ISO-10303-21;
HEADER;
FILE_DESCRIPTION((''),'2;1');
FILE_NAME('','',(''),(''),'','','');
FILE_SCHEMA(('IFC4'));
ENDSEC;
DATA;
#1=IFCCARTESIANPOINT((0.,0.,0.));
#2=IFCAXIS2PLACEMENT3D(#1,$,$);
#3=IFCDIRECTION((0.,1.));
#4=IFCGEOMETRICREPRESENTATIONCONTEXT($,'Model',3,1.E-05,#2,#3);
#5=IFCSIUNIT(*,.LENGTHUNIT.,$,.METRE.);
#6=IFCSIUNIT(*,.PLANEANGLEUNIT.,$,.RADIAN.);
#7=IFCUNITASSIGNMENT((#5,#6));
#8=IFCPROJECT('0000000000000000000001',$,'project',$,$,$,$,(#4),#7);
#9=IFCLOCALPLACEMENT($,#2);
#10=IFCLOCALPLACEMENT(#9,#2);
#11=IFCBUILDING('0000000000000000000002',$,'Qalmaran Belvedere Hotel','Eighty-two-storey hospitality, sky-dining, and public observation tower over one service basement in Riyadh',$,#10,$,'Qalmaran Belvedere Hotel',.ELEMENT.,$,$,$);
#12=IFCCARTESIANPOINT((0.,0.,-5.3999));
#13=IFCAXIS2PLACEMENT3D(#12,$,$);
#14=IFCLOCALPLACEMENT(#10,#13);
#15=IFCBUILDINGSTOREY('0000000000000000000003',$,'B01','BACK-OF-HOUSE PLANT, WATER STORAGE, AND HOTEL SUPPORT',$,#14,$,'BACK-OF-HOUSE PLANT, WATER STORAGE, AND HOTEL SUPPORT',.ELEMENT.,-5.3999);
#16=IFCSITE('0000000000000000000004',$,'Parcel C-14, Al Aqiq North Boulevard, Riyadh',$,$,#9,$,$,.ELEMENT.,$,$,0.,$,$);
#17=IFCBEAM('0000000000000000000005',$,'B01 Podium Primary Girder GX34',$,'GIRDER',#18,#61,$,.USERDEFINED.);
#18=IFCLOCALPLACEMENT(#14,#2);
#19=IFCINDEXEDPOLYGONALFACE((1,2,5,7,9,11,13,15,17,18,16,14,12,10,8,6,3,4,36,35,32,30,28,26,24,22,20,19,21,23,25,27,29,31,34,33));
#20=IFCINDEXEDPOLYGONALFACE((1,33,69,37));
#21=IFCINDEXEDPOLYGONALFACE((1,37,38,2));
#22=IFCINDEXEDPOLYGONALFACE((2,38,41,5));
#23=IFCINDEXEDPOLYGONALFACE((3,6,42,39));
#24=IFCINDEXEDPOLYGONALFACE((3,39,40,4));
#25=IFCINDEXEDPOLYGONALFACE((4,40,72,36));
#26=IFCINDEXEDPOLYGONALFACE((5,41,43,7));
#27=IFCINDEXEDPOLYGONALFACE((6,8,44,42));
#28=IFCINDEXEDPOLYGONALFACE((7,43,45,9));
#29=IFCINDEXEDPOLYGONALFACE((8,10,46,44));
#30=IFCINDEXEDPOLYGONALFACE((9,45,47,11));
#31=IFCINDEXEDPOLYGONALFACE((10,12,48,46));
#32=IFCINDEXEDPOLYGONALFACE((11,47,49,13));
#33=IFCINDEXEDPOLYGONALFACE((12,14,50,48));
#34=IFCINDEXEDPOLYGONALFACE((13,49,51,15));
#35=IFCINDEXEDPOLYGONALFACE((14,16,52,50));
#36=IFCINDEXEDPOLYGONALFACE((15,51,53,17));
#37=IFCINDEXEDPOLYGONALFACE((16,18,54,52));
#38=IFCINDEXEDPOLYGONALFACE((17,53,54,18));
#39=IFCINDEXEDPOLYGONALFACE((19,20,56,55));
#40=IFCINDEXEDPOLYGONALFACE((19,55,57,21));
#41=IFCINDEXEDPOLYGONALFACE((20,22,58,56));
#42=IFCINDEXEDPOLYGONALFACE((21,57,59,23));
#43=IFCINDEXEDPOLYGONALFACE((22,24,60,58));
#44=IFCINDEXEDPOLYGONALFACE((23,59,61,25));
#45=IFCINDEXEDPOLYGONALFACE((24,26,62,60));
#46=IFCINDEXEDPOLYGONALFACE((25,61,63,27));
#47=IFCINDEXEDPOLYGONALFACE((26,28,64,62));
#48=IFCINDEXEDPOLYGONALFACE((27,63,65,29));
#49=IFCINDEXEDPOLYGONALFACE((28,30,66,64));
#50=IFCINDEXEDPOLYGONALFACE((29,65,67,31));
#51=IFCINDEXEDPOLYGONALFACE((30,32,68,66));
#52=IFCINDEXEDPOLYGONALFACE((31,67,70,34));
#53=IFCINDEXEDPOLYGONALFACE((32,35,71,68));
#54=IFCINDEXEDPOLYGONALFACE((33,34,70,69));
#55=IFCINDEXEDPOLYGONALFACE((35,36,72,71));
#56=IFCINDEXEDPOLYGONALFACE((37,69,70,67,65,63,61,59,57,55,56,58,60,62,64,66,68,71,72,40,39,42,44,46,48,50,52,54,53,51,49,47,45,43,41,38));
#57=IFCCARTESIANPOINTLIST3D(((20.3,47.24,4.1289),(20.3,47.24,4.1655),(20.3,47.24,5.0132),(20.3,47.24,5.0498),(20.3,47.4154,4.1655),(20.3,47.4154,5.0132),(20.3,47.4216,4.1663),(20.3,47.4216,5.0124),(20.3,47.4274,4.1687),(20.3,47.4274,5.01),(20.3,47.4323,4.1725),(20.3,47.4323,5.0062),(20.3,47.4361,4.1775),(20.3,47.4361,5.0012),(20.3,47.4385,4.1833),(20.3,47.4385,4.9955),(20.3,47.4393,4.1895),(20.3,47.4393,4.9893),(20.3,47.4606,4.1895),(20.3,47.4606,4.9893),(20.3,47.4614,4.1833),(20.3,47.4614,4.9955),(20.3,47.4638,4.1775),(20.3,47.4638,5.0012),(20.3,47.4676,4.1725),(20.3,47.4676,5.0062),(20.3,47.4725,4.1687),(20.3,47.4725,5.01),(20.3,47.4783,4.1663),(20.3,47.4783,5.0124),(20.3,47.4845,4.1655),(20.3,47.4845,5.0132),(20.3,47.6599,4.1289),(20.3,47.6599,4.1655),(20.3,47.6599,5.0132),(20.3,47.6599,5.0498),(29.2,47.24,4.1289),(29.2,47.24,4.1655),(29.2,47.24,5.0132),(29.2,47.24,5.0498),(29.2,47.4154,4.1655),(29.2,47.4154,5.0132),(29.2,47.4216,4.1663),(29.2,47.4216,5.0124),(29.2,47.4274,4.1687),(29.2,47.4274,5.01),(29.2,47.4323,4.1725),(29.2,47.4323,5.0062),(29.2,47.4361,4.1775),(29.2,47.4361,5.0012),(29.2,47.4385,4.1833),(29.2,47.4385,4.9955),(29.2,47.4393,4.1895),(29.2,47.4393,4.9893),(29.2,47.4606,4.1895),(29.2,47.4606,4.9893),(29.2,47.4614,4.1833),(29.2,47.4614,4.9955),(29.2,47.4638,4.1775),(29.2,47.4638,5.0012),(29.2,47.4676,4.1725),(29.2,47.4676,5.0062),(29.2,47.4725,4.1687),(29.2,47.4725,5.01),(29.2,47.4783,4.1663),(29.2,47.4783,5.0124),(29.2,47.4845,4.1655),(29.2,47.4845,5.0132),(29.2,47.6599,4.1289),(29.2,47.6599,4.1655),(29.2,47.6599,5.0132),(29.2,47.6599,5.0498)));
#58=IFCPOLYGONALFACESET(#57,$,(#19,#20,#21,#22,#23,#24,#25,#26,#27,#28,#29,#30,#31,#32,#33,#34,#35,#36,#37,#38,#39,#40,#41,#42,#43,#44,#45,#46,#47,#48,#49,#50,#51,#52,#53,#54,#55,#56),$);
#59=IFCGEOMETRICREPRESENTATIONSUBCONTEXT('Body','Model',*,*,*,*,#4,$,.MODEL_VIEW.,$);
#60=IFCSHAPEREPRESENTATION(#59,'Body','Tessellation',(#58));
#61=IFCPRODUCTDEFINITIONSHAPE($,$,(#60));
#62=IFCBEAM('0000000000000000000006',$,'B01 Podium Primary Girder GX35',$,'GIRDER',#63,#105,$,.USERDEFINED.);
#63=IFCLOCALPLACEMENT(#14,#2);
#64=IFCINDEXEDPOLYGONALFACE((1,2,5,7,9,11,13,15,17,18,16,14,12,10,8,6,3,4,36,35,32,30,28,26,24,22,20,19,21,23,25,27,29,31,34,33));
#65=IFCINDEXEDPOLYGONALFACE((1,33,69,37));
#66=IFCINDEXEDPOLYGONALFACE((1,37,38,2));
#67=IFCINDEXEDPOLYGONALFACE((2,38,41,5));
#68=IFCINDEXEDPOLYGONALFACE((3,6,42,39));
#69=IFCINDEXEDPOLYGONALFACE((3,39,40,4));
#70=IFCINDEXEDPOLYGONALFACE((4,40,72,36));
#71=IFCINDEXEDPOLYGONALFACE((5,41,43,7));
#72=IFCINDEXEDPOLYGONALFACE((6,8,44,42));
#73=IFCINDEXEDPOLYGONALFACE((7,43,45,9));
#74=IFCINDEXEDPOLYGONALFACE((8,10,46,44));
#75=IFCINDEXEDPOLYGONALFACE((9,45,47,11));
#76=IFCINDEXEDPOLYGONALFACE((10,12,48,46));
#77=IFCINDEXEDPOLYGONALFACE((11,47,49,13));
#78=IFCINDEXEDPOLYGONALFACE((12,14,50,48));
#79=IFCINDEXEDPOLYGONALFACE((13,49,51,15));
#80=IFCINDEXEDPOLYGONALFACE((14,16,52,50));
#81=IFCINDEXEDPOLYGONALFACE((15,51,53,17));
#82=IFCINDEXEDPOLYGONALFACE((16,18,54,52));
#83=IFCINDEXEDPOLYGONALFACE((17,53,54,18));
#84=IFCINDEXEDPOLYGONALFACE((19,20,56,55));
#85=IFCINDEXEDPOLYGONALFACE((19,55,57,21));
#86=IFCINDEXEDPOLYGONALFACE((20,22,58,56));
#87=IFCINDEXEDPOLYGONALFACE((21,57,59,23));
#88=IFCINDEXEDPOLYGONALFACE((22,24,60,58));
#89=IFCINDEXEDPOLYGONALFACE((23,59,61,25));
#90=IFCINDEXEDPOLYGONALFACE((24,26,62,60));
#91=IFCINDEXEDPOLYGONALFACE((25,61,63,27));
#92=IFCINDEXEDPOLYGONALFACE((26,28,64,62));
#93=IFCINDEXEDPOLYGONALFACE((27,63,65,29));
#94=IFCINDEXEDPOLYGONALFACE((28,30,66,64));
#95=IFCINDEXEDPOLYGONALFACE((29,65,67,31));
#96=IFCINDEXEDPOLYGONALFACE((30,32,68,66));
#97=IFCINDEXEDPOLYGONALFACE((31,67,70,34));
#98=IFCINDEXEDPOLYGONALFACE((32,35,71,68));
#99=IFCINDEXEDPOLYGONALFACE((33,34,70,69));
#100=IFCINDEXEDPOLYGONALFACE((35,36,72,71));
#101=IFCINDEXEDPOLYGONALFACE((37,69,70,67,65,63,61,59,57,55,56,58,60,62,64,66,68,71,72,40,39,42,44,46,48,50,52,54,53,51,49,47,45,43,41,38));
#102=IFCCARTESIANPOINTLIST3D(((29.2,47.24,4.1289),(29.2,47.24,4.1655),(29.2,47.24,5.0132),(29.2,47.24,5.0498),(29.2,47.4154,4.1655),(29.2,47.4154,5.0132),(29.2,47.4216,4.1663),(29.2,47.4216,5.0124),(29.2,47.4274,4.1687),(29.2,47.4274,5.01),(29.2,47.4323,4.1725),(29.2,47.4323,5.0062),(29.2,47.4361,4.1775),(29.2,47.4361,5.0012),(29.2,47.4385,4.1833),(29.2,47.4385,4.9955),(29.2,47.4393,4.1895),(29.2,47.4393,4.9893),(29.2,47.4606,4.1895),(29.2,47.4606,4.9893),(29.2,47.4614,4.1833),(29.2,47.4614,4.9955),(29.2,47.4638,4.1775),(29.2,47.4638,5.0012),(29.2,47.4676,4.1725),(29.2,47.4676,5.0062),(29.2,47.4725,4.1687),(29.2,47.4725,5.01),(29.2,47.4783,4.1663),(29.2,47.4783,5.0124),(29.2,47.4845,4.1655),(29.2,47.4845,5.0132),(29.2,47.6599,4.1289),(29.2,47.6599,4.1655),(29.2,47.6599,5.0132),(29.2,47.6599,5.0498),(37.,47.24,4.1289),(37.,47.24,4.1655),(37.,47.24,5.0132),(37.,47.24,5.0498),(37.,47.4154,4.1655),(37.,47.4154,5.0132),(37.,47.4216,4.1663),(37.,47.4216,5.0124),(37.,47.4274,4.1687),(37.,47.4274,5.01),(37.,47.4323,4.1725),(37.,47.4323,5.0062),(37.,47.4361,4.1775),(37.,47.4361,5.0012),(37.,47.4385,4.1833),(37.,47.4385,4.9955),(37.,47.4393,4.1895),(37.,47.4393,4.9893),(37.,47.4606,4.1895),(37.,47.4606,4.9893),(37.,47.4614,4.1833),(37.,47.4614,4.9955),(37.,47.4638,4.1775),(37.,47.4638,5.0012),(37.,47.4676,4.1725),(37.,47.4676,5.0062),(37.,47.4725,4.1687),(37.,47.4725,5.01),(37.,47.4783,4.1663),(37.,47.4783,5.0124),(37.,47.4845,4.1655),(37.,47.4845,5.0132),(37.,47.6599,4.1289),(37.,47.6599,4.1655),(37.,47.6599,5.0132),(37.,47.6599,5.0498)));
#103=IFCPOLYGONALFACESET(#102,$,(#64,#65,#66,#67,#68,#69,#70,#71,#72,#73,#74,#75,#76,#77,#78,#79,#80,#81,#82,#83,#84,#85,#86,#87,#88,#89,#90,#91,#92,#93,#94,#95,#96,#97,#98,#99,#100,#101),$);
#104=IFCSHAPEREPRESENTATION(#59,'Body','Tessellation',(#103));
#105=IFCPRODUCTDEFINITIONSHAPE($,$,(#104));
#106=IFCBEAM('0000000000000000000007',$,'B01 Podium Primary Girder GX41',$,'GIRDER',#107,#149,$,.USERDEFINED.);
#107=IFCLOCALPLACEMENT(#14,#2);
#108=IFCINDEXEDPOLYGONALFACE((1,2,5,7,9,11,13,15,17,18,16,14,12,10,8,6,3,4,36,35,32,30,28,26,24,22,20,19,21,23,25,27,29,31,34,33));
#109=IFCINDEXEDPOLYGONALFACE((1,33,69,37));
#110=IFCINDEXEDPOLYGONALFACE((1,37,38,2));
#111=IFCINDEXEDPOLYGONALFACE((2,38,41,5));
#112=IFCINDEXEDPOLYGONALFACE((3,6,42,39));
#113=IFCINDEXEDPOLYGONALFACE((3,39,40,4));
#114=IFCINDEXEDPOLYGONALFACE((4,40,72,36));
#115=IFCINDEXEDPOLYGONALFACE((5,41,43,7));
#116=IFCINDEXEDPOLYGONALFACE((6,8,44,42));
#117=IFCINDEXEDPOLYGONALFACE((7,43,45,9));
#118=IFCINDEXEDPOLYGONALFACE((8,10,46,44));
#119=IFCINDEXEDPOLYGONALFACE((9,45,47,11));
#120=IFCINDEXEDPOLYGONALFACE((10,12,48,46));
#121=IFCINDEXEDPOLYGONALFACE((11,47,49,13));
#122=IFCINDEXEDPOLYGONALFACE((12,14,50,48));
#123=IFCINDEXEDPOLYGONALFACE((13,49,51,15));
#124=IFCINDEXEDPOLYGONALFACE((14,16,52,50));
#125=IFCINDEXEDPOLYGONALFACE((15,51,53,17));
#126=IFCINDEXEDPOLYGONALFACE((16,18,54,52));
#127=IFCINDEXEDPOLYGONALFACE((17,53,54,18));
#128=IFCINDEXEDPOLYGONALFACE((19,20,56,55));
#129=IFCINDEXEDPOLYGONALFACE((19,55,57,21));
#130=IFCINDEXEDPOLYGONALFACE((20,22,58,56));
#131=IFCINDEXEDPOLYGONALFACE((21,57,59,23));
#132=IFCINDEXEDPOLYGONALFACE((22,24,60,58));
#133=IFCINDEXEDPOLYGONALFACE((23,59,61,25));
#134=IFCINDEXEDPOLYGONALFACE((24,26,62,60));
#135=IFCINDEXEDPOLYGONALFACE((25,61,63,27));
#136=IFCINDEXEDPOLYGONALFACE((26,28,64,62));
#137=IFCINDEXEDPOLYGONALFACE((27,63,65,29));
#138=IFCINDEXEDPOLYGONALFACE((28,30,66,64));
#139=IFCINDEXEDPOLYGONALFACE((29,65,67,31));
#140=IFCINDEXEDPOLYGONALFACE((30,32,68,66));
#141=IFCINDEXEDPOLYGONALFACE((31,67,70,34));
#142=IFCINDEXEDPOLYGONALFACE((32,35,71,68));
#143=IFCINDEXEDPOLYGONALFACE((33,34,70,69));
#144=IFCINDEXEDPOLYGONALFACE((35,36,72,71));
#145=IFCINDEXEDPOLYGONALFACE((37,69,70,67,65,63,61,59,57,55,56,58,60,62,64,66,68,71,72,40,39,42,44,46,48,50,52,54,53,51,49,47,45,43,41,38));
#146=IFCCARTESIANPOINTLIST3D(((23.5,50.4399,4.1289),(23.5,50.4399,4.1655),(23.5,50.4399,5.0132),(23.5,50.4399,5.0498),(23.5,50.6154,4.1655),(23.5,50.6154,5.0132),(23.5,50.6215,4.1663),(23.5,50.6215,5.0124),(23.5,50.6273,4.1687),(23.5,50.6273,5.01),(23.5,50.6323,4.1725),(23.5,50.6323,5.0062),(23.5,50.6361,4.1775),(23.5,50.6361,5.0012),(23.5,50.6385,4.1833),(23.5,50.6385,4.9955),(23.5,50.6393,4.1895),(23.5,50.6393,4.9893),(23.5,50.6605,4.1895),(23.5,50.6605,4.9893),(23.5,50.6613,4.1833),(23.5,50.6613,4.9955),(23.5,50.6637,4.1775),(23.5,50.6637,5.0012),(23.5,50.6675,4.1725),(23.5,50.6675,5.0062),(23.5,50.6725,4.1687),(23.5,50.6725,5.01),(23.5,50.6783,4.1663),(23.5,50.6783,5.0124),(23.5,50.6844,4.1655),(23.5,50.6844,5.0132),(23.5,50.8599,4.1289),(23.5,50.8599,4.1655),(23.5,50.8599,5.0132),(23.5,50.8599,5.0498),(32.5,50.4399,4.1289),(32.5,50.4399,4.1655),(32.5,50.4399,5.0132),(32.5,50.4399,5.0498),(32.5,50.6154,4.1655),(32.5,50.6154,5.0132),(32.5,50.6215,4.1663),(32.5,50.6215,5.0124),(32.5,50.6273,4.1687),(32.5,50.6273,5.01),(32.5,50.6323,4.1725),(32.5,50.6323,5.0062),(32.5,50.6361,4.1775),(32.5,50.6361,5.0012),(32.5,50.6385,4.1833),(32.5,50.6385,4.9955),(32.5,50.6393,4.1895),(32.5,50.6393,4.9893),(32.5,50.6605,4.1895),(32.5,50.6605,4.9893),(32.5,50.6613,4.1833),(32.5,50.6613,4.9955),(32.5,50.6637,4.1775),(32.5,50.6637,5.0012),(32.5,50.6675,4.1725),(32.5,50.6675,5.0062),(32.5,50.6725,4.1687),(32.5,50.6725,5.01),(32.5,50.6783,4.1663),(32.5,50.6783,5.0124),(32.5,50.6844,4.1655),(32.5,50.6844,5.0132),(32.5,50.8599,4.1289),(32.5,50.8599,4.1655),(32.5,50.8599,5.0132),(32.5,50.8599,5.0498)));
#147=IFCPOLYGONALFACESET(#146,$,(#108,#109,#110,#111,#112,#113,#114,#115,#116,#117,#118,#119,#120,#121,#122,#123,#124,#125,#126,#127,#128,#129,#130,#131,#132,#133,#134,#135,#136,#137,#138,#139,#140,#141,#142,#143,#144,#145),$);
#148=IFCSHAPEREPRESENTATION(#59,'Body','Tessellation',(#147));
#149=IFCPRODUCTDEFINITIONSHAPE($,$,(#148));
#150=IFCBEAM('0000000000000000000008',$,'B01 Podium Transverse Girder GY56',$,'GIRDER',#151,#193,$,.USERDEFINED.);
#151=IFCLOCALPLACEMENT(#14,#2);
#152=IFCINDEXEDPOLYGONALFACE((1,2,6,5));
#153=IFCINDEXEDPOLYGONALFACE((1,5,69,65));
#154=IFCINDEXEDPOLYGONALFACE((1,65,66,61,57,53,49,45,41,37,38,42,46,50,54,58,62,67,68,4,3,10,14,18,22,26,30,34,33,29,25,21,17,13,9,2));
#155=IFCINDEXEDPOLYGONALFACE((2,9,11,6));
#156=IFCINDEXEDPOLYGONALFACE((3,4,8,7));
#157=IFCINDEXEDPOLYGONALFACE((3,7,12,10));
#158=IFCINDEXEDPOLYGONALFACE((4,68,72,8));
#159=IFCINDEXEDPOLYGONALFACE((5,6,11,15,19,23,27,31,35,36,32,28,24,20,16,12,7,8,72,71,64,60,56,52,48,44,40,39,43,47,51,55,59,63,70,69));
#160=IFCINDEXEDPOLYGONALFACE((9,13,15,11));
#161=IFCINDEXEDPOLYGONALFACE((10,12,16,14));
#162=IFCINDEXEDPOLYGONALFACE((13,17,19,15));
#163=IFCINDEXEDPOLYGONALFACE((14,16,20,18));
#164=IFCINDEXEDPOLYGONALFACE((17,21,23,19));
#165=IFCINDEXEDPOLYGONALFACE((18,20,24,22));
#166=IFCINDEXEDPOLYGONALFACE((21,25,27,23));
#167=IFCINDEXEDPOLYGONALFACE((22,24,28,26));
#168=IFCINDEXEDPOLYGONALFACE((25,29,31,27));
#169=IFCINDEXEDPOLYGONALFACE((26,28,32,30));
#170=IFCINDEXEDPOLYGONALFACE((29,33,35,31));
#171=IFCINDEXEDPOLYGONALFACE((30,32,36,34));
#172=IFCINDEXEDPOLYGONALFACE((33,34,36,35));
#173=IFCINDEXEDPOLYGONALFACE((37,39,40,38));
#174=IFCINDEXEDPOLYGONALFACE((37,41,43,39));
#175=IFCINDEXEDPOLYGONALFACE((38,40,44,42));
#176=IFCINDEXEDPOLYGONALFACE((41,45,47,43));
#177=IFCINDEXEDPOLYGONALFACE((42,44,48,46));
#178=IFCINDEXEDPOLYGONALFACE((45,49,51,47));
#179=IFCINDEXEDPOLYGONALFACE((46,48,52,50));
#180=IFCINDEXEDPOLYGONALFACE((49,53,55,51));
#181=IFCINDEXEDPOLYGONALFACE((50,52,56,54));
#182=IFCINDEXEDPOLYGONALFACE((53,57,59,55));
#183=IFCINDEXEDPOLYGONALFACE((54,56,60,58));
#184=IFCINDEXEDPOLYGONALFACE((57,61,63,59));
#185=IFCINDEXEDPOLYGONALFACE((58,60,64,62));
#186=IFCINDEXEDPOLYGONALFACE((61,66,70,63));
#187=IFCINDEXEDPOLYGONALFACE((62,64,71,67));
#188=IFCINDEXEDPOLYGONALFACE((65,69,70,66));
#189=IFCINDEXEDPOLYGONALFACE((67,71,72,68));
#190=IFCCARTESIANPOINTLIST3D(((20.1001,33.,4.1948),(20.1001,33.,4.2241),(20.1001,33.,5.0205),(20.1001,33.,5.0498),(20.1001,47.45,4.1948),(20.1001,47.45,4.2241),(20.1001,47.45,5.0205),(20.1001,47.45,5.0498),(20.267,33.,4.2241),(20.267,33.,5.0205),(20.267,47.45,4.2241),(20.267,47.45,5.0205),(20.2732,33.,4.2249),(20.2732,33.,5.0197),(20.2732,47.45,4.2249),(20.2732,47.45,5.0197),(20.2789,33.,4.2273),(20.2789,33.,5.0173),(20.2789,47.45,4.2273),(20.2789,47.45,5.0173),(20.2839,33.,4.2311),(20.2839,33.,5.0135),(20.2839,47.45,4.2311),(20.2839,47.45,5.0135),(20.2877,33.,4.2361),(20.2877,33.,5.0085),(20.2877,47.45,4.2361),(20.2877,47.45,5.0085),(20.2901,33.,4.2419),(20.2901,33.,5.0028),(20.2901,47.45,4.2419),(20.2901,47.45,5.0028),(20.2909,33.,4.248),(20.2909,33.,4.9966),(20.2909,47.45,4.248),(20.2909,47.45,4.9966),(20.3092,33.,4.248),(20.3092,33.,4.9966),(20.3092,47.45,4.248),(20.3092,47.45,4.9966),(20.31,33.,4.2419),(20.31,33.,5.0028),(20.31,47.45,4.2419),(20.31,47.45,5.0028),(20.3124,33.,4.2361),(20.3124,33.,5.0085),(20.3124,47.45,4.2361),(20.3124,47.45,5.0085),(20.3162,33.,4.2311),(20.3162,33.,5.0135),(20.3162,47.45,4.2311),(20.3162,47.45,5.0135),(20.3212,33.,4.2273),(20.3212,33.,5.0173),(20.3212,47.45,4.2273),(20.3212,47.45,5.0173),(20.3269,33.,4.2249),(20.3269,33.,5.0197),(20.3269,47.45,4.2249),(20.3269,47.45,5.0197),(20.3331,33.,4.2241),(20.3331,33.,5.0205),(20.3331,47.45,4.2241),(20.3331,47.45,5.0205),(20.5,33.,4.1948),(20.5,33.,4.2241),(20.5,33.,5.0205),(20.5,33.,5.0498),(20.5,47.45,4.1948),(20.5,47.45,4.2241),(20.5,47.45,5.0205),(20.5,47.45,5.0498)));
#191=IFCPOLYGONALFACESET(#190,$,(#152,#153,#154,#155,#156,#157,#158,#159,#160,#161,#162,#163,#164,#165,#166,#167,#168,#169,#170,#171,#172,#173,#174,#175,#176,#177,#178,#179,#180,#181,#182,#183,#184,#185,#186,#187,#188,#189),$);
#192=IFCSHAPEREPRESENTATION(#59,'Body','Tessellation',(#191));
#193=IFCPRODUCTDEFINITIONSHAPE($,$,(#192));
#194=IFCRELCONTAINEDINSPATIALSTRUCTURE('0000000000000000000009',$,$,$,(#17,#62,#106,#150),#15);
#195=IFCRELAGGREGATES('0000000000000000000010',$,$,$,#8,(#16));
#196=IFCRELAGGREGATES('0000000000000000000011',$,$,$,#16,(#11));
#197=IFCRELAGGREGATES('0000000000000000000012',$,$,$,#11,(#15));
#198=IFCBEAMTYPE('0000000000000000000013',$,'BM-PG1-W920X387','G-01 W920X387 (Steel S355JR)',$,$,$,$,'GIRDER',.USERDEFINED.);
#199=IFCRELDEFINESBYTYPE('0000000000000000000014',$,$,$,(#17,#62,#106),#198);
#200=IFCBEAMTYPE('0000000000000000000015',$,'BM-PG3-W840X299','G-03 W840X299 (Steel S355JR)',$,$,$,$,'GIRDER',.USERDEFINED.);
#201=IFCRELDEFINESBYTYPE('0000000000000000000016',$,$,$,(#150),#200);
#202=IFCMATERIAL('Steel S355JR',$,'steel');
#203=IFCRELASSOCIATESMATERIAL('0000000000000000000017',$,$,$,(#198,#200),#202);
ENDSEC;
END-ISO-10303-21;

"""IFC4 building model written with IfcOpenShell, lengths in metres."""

from ifc_helpers import new_model, si_unit, direction, frame, origin, origin_2d, place, context, subcontext, project, spatial, i_section, extrude, material, material_profile, profile_set, type_object, element, save


model = new_model("IFC4")

# Units and contexts
model_context = context("Model", 3, precision=1e-05, world=origin(), true_north=direction((0.0, 1.0)))
body_context = subcontext(model_context, "Body", "Model", "MODEL_VIEW")
ifc_project = project(units=[si_unit("LENGTHUNIT", "METRE"), si_unit("PLANEANGLEUNIT", "RADIAN")], contexts=[model_context])

# Site, building, storey
site_placement = place(None, origin())
site = spatial("IfcSite", under=ifc_project, at=site_placement, Name="Parcel C-14, Al Aqiq North Boulevard, Riyadh", CompositionType="ELEMENT", RefElevation=0.0)
building_placement = place(site_placement, origin())
building = spatial("IfcBuilding", under=site, at=building_placement, Name="Qalmaran Belvedere Hotel", Description="Eighty-two-storey hospitality, sky-dining, and public observation tower over one service basement in Riyadh", LongName="Qalmaran Belvedere Hotel", CompositionType="ELEMENT")
storey_placement = place(building_placement, frame((0.0, 0.0, -5.3999)))
storey = spatial("IfcBuildingStorey", under=building, at=storey_placement, Name="B01", Description="BACK-OF-HOUSE PLANT, WATER STORAGE, AND HOTEL SUPPORT", LongName="BACK-OF-HOUSE PLANT, WATER STORAGE, AND HOTEL SUPPORT", CompositionType="ELEMENT", Elevation=-5.3999)

# Beams
ifc_material_1 = material(Name="Steel S355JR", Category="steel")
ifc_material_profile_1 = material_profile(ifc_material_1, i_section(OverallWidth=0.4199, OverallDepth=0.9209, WebThickness=0.0212, FlangeThickness=0.0366, FilletRadius=0.0239, at=origin_2d()), Name="W920X387")
ifc_profile_set_1 = profile_set([ifc_material_profile_1], Name="Steel S355JR")
beam_type_1 = type_object("IfcBeamType", Name="BM-PG1-W920X387", Description="G-01 W920X387 (Steel S355JR)", ElementType="GIRDER", PredefinedType="USERDEFINED", material=ifc_profile_set_1)
beam_1_placement = place(storey_placement, frame((20.3, 47.45, 4.5894), z_axis=(1.0, 0.0, 0.0), x_axis=(0.0, 1.0, 0.0)))
element("IfcBeam", 1, at=beam_1_placement, inside=storey, type_object=beam_type_1, Name="B01 Podium Primary Girder GX34", ObjectType="GIRDER", PredefinedType="USERDEFINED", context=body_context, shape_type="SweptSolid", body=[
    extrude(i_section(OverallWidth=0.4199, OverallDepth=0.9209, WebThickness=0.0212, FlangeThickness=0.0366, FilletRadius=0.0239, at=origin_2d()), origin(), (0.0, 0.0, 1.0), 8.8999),
])
beam_2_placement = place(storey_placement, frame((29.2, 47.45, 4.5894), z_axis=(1.0, 0.0, 0.0), x_axis=(0.0, 1.0, 0.0)))
element("IfcBeam", 2, at=beam_2_placement, inside=storey, type_object=beam_type_1, Name="B01 Podium Primary Girder GX35", ObjectType="GIRDER", PredefinedType="USERDEFINED", context=body_context, shape_type="SweptSolid", body=[
    extrude(i_section(OverallWidth=0.4199, OverallDepth=0.9209, WebThickness=0.0212, FlangeThickness=0.0366, FilletRadius=0.0239, at=origin_2d()), origin(), (0.0, 0.0, 1.0), 7.8),
])
beam_3_placement = place(storey_placement, frame((23.5, 50.6499, 4.5894), z_axis=(1.0, 0.0, 0.0), x_axis=(0.0, 1.0, 0.0)))
element("IfcBeam", 3, at=beam_3_placement, inside=storey, type_object=beam_type_1, Name="B01 Podium Primary Girder GX41", ObjectType="GIRDER", PredefinedType="USERDEFINED", context=body_context, shape_type="SweptSolid", body=[
    extrude(i_section(OverallWidth=0.4199, OverallDepth=0.9209, WebThickness=0.0212, FlangeThickness=0.0366, FilletRadius=0.0239, at=origin_2d()), origin(), (0.0, 0.0, 1.0), 9.0),
])
ifc_material_profile_2 = material_profile(ifc_material_1, i_section(OverallWidth=0.3999, OverallDepth=0.855, WebThickness=0.0183, FlangeThickness=0.0293, FilletRadius=0.0239, at=origin_2d()), Name="W840X299")
ifc_profile_set_2 = profile_set([ifc_material_profile_2], Name="Steel S355JR")
beam_type_2 = type_object("IfcBeamType", Name="BM-PG3-W840X299", Description="G-03 W840X299 (Steel S355JR)", ElementType="GIRDER", PredefinedType="USERDEFINED", material=ifc_profile_set_2)
for number, where, z_axis, x_axis, name in (
    (4, (20.3, 33.0, 4.6223), (0.0, 1.0, 0.0), (-1.0, 0.0, 0.0), "B01 Podium Transverse Girder GY56"),
):
    element("IfcBeam", number, at=place(storey_placement, frame(where, z_axis=z_axis, x_axis=x_axis)), inside=storey, type_object=beam_type_2, Name=name, ObjectType="GIRDER", PredefinedType="USERDEFINED", context=body_context, shape_type="SweptSolid", body=[
        extrude(i_section(OverallWidth=0.3999, OverallDepth=0.855, WebThickness=0.0183, FlangeThickness=0.0293, FilletRadius=0.0239, at=origin_2d()), origin(), (0.0, 0.0, 1.0), 14.45),
    ])

save(model, "model.ifc")
